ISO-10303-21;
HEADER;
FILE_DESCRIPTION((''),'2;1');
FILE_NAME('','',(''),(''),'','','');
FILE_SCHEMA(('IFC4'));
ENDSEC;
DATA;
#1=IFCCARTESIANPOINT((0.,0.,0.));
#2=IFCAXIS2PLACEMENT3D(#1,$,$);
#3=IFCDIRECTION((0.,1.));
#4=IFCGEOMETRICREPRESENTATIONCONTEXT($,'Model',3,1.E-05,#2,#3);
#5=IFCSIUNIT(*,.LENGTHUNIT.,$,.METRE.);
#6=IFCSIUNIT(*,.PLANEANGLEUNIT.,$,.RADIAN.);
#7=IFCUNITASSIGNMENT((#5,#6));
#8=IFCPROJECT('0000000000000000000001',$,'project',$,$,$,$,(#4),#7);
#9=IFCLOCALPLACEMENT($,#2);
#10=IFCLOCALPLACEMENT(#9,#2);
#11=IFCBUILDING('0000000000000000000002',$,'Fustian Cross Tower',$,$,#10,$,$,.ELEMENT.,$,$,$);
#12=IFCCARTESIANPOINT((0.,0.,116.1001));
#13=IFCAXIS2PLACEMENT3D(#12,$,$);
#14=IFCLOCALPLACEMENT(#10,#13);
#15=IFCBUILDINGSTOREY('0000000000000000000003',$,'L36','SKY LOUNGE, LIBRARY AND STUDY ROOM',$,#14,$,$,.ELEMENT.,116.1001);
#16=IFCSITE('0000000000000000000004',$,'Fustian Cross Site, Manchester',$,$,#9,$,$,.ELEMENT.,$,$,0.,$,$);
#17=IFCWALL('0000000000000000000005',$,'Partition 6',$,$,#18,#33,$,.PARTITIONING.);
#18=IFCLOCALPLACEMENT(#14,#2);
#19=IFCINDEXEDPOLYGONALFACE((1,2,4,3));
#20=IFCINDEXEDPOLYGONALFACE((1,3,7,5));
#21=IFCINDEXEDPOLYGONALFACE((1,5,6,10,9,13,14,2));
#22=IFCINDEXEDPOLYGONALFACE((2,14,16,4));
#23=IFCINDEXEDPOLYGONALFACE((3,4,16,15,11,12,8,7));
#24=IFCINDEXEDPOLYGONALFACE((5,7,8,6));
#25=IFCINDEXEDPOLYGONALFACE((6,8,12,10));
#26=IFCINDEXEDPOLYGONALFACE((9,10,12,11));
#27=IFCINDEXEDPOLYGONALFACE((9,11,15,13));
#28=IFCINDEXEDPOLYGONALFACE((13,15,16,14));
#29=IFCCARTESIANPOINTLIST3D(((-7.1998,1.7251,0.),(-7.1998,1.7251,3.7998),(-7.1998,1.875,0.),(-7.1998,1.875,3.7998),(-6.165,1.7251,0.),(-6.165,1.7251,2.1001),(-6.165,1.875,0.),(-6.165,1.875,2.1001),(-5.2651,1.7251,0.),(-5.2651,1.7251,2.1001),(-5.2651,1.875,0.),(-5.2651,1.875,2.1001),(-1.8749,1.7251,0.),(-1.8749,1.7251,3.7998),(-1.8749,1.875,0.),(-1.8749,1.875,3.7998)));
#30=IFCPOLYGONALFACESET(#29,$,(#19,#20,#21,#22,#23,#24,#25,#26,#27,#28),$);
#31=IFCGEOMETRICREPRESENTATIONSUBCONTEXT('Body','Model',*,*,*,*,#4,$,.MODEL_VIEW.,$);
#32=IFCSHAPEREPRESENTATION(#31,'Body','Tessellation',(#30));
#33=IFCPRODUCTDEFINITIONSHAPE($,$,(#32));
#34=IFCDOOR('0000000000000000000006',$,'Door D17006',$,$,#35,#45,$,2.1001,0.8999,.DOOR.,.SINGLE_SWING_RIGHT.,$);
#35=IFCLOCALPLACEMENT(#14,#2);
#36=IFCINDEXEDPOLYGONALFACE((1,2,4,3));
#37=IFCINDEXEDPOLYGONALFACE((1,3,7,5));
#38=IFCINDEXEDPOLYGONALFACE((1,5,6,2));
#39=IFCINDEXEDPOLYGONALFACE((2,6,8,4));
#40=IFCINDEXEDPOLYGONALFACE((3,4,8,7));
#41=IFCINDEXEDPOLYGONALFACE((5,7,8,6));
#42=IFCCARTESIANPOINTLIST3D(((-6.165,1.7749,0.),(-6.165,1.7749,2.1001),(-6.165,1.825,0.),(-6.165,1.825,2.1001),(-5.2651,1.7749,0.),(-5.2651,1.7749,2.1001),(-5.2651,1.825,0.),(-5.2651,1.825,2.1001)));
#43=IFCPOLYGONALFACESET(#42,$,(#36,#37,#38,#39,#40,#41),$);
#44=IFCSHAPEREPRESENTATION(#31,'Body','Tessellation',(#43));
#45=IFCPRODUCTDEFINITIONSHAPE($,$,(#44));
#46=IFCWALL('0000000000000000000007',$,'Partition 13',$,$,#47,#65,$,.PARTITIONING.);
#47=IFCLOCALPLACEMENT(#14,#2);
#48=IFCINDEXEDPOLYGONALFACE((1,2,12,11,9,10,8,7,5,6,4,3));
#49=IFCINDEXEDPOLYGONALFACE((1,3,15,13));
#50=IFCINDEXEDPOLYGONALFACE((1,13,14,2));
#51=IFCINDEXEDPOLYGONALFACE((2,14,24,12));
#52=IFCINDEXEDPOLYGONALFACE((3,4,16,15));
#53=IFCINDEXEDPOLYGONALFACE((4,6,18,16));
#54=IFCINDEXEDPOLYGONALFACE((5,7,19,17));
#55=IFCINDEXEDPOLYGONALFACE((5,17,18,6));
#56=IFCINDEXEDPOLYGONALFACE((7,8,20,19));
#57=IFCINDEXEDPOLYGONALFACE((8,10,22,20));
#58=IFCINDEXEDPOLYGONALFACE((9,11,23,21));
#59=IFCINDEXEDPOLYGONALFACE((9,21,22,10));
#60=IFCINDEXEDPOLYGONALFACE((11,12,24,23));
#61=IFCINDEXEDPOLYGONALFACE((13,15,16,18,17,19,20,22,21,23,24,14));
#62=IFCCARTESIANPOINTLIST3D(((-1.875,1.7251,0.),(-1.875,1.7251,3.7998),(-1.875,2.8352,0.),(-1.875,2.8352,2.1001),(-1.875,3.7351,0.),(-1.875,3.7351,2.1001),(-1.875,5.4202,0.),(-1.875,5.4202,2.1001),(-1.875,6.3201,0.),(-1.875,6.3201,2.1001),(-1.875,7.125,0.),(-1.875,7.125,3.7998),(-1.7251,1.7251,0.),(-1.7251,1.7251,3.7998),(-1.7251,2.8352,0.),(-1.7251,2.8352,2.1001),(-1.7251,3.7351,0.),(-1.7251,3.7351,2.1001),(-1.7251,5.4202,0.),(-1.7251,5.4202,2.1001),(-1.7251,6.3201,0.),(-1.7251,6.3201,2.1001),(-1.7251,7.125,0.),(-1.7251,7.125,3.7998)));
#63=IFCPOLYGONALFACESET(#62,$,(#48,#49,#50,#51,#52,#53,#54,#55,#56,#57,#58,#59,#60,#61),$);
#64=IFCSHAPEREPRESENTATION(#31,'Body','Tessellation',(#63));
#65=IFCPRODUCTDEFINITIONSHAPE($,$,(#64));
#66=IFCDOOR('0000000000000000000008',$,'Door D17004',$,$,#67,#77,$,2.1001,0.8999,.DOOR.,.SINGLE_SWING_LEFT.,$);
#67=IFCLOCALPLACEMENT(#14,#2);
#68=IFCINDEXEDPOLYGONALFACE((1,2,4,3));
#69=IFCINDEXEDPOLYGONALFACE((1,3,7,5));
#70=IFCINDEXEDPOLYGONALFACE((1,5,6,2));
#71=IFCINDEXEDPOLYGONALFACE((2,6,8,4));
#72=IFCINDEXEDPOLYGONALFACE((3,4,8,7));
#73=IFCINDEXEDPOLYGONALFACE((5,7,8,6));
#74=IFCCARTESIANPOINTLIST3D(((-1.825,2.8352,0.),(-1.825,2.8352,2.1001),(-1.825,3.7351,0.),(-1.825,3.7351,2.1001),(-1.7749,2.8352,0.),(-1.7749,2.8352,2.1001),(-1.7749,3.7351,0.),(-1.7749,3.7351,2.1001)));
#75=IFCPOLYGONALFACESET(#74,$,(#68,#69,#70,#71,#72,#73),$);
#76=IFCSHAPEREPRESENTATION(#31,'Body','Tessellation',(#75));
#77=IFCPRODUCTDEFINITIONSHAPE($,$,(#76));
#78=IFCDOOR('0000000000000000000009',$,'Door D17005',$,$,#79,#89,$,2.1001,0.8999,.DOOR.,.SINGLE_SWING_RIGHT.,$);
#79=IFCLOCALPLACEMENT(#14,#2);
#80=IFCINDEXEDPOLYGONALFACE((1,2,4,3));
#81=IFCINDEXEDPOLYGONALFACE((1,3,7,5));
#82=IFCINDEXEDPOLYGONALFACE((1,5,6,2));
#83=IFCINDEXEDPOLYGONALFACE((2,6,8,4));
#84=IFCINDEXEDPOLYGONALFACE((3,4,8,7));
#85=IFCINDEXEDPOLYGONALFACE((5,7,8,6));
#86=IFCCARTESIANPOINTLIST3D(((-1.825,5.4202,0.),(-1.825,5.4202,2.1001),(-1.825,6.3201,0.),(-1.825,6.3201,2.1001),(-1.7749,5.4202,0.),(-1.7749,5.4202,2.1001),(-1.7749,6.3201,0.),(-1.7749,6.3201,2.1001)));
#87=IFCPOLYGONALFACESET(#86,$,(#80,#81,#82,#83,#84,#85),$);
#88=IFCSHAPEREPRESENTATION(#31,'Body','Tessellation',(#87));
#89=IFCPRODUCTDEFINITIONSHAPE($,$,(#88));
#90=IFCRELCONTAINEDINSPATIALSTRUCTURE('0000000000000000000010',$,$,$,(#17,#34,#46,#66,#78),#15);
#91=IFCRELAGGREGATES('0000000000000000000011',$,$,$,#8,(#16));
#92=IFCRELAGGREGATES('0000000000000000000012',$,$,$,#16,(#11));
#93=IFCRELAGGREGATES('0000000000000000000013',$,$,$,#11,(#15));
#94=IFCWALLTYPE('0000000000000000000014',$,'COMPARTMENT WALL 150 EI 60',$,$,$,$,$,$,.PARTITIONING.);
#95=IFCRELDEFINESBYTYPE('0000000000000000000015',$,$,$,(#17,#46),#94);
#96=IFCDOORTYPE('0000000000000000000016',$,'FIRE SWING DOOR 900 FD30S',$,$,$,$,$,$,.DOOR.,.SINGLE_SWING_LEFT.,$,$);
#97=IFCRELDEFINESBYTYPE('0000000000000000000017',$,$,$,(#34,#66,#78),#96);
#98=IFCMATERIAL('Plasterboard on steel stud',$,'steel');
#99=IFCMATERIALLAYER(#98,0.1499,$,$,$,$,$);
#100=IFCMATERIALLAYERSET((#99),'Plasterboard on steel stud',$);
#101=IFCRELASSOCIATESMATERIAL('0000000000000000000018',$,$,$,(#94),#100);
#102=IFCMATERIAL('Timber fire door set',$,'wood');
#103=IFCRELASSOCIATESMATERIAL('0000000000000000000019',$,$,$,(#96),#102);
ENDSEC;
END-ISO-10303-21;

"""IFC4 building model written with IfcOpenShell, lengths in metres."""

from ifc_helpers import new_model, si_unit, direction, frame, frame_2d, origin, place, context, subcontext, project, spatial, rectangle, extrude, material, layer, layer_set, type_object, element, fill, save


model = new_model("IFC4")

# Units and contexts
model_context = context("Model", 3, precision=1e-05, world=origin(), true_north=direction((0.0, 1.0)))
body_context = subcontext(model_context, "Body", "Model", "MODEL_VIEW")
ifc_project = project(units=[si_unit("LENGTHUNIT", "METRE"), si_unit("PLANEANGLEUNIT", "RADIAN")], contexts=[model_context])

# Site, building, storey
site_placement = place(None, origin())
site = spatial("IfcSite", under=ifc_project, at=site_placement, Name="Fustian Cross Site, Manchester", CompositionType="ELEMENT", RefElevation=0.0)
building_placement = place(site_placement, origin())
building = spatial("IfcBuilding", under=site, at=building_placement, Name="Fustian Cross Tower", CompositionType="ELEMENT")
storey_placement = place(building_placement, frame((0.0, 0.0, 116.1001)))
storey = spatial("IfcBuildingStorey", under=building, at=storey_placement, Name="L36", Description="SKY LOUNGE, LIBRARY AND STUDY ROOM", CompositionType="ELEMENT", Elevation=116.1001)

# Wall, opening, door
ifc_material_1 = material(Name="Plasterboard on steel stud", Category="steel")
ifc_layer_1 = layer(ifc_material_1, 0.1499)
ifc_layer_set_1 = layer_set([ifc_layer_1], Name="Plasterboard on steel stud")
wall_type_1 = type_object("IfcWallType", Name="COMPARTMENT WALL 150 EI 60", PredefinedType="PARTITIONING", material=ifc_layer_set_1)
wall_1_placement = place(storey_placement, frame((-7.2, 1.8, 0.0), z_axis=(0.0, 0.0, 1.0), x_axis=(1.0, 0.0, 0.0)))
wall_1 = element("IfcWall", 1, at=wall_1_placement, inside=storey, type_object=wall_type_1, Name="Partition 6", PredefinedType="PARTITIONING", context=body_context, shape_type="SweptSolid", body=[
    extrude(rectangle(XDim=5.325, YDim=0.1499, at=frame_2d((2.6626, 0.0))), origin(), (0.0, 0.0, 1.0), 3.7998),
])
opening_1_placement = place(wall_1_placement, frame((1.0349, 0.0, 0.0)))
opening_1 = element("IfcOpeningElement", 2, at=opening_1_placement, cuts=wall_1, PredefinedType="OPENING", context=body_context, shape_type="SweptSolid", body=[
    extrude(rectangle(XDim=0.8999, YDim=2.1001, at=frame_2d((0.45, 1.05))), frame((0.0, 0.085, 0.0), z_axis=(0.0, -1.0, 0.0), x_axis=(1.0, 0.0, 0.0)), (0.0, 0.0, 1.0), 0.1699),
])
ifc_material_2 = material(Name="Timber fire door set", Category="wood")
door_type_1 = type_object("IfcDoorType", Name="FIRE SWING DOOR 900 FD30S", OperationType="SINGLE_SWING_LEFT", PredefinedType="DOOR", material=ifc_material_2)
door_1_placement = place(opening_1_placement, origin())
door_1 = element("IfcDoor", 3, at=door_1_placement, inside=storey, type_object=door_type_1, Name="Door D17006", OperationType="SINGLE_SWING_RIGHT", OverallHeight=2.1001, OverallWidth=0.8999, PredefinedType="DOOR", context=body_context, shape_type="SweptSolid", body=[
    extrude(rectangle(XDim=0.8999, YDim=2.1001, at=frame_2d((0.45, 1.05))), frame((0.0, 0.0249, 0.0), z_axis=(0.0, -1.0, 0.0), x_axis=(1.0, 0.0, 0.0)), (0.0, 0.0, 1.0), 0.05),
])
fill(opening_1, door_1)

# Wall, openings, doors
wall_2_placement = place(storey_placement, frame((-1.8, 1.7251, 0.0), z_axis=(0.0, 0.0, 1.0), x_axis=(0.0, 1.0, 0.0)))
wall_2 = element("IfcWall", 4, at=wall_2_placement, inside=storey, type_object=wall_type_1, Name="Partition 13", PredefinedType="PARTITIONING", context=body_context, shape_type="SweptSolid", body=[
    extrude(rectangle(XDim=5.3999, YDim=0.1499, at=frame_2d((2.7, 0.0))), origin(), (0.0, 0.0, 1.0), 3.7998),
])
opening_2_placement = place(wall_2_placement, frame((1.1101, 0.0, 0.0)))
opening_2 = element("IfcOpeningElement", 5, at=opening_2_placement, cuts=wall_2, PredefinedType="OPENING", context=body_context, shape_type="SweptSolid", body=[
    extrude(rectangle(XDim=0.8999, YDim=2.1001, at=frame_2d((0.45, 1.05))), frame((0.0, 0.085, 0.0), z_axis=(0.0, -1.0, 0.0), x_axis=(1.0, 0.0, 0.0)), (0.0, 0.0, 1.0), 0.1699),
])
opening_3_placement = place(wall_2_placement, frame((3.6951, 0.0, 0.0)))
opening_3 = element("IfcOpeningElement", 6, at=opening_3_placement, cuts=wall_2, PredefinedType="OPENING", context=body_context, shape_type="SweptSolid", body=[
    extrude(rectangle(XDim=0.8999, YDim=2.1001, at=frame_2d((0.45, 1.05))), frame((0.0, 0.085, 0.0), z_axis=(0.0, -1.0, 0.0), x_axis=(1.0, 0.0, 0.0)), (0.0, 0.0, 1.0), 0.1699),
])
door_2_placement = place(opening_2_placement, origin())
door_2 = element("IfcDoor", 7, at=door_2_placement, inside=storey, type_object=door_type_1, Name="Door D17004", OperationType="SINGLE_SWING_LEFT", OverallHeight=2.1001, OverallWidth=0.8999, PredefinedType="DOOR", context=body_context, shape_type="SweptSolid", body=[
    extrude(rectangle(XDim=0.8999, YDim=2.1001, at=frame_2d((0.45, 1.05))), frame((0.0, 0.0249, 0.0), z_axis=(0.0, -1.0, 0.0), x_axis=(1.0, 0.0, 0.0)), (0.0, 0.0, 1.0), 0.05),
])
fill(opening_2, door_2)
door_3_placement = place(opening_3_placement, origin())
door_3 = element("IfcDoor", 8, at=door_3_placement, inside=storey, type_object=door_type_1, Name="Door D17005", OperationType="SINGLE_SWING_RIGHT", OverallHeight=2.1001, OverallWidth=0.8999, PredefinedType="DOOR", context=body_context, shape_type="SweptSolid", body=[
    extrude(rectangle(XDim=0.8999, YDim=2.1001, at=frame_2d((0.45, 1.05))), frame((0.0, 0.0249, 0.0), z_axis=(0.0, -1.0, 0.0), x_axis=(1.0, 0.0, 0.0)), (0.0, 0.0, 1.0), 0.05),
])
fill(opening_3, door_3)

save(model, "model.ifc")
